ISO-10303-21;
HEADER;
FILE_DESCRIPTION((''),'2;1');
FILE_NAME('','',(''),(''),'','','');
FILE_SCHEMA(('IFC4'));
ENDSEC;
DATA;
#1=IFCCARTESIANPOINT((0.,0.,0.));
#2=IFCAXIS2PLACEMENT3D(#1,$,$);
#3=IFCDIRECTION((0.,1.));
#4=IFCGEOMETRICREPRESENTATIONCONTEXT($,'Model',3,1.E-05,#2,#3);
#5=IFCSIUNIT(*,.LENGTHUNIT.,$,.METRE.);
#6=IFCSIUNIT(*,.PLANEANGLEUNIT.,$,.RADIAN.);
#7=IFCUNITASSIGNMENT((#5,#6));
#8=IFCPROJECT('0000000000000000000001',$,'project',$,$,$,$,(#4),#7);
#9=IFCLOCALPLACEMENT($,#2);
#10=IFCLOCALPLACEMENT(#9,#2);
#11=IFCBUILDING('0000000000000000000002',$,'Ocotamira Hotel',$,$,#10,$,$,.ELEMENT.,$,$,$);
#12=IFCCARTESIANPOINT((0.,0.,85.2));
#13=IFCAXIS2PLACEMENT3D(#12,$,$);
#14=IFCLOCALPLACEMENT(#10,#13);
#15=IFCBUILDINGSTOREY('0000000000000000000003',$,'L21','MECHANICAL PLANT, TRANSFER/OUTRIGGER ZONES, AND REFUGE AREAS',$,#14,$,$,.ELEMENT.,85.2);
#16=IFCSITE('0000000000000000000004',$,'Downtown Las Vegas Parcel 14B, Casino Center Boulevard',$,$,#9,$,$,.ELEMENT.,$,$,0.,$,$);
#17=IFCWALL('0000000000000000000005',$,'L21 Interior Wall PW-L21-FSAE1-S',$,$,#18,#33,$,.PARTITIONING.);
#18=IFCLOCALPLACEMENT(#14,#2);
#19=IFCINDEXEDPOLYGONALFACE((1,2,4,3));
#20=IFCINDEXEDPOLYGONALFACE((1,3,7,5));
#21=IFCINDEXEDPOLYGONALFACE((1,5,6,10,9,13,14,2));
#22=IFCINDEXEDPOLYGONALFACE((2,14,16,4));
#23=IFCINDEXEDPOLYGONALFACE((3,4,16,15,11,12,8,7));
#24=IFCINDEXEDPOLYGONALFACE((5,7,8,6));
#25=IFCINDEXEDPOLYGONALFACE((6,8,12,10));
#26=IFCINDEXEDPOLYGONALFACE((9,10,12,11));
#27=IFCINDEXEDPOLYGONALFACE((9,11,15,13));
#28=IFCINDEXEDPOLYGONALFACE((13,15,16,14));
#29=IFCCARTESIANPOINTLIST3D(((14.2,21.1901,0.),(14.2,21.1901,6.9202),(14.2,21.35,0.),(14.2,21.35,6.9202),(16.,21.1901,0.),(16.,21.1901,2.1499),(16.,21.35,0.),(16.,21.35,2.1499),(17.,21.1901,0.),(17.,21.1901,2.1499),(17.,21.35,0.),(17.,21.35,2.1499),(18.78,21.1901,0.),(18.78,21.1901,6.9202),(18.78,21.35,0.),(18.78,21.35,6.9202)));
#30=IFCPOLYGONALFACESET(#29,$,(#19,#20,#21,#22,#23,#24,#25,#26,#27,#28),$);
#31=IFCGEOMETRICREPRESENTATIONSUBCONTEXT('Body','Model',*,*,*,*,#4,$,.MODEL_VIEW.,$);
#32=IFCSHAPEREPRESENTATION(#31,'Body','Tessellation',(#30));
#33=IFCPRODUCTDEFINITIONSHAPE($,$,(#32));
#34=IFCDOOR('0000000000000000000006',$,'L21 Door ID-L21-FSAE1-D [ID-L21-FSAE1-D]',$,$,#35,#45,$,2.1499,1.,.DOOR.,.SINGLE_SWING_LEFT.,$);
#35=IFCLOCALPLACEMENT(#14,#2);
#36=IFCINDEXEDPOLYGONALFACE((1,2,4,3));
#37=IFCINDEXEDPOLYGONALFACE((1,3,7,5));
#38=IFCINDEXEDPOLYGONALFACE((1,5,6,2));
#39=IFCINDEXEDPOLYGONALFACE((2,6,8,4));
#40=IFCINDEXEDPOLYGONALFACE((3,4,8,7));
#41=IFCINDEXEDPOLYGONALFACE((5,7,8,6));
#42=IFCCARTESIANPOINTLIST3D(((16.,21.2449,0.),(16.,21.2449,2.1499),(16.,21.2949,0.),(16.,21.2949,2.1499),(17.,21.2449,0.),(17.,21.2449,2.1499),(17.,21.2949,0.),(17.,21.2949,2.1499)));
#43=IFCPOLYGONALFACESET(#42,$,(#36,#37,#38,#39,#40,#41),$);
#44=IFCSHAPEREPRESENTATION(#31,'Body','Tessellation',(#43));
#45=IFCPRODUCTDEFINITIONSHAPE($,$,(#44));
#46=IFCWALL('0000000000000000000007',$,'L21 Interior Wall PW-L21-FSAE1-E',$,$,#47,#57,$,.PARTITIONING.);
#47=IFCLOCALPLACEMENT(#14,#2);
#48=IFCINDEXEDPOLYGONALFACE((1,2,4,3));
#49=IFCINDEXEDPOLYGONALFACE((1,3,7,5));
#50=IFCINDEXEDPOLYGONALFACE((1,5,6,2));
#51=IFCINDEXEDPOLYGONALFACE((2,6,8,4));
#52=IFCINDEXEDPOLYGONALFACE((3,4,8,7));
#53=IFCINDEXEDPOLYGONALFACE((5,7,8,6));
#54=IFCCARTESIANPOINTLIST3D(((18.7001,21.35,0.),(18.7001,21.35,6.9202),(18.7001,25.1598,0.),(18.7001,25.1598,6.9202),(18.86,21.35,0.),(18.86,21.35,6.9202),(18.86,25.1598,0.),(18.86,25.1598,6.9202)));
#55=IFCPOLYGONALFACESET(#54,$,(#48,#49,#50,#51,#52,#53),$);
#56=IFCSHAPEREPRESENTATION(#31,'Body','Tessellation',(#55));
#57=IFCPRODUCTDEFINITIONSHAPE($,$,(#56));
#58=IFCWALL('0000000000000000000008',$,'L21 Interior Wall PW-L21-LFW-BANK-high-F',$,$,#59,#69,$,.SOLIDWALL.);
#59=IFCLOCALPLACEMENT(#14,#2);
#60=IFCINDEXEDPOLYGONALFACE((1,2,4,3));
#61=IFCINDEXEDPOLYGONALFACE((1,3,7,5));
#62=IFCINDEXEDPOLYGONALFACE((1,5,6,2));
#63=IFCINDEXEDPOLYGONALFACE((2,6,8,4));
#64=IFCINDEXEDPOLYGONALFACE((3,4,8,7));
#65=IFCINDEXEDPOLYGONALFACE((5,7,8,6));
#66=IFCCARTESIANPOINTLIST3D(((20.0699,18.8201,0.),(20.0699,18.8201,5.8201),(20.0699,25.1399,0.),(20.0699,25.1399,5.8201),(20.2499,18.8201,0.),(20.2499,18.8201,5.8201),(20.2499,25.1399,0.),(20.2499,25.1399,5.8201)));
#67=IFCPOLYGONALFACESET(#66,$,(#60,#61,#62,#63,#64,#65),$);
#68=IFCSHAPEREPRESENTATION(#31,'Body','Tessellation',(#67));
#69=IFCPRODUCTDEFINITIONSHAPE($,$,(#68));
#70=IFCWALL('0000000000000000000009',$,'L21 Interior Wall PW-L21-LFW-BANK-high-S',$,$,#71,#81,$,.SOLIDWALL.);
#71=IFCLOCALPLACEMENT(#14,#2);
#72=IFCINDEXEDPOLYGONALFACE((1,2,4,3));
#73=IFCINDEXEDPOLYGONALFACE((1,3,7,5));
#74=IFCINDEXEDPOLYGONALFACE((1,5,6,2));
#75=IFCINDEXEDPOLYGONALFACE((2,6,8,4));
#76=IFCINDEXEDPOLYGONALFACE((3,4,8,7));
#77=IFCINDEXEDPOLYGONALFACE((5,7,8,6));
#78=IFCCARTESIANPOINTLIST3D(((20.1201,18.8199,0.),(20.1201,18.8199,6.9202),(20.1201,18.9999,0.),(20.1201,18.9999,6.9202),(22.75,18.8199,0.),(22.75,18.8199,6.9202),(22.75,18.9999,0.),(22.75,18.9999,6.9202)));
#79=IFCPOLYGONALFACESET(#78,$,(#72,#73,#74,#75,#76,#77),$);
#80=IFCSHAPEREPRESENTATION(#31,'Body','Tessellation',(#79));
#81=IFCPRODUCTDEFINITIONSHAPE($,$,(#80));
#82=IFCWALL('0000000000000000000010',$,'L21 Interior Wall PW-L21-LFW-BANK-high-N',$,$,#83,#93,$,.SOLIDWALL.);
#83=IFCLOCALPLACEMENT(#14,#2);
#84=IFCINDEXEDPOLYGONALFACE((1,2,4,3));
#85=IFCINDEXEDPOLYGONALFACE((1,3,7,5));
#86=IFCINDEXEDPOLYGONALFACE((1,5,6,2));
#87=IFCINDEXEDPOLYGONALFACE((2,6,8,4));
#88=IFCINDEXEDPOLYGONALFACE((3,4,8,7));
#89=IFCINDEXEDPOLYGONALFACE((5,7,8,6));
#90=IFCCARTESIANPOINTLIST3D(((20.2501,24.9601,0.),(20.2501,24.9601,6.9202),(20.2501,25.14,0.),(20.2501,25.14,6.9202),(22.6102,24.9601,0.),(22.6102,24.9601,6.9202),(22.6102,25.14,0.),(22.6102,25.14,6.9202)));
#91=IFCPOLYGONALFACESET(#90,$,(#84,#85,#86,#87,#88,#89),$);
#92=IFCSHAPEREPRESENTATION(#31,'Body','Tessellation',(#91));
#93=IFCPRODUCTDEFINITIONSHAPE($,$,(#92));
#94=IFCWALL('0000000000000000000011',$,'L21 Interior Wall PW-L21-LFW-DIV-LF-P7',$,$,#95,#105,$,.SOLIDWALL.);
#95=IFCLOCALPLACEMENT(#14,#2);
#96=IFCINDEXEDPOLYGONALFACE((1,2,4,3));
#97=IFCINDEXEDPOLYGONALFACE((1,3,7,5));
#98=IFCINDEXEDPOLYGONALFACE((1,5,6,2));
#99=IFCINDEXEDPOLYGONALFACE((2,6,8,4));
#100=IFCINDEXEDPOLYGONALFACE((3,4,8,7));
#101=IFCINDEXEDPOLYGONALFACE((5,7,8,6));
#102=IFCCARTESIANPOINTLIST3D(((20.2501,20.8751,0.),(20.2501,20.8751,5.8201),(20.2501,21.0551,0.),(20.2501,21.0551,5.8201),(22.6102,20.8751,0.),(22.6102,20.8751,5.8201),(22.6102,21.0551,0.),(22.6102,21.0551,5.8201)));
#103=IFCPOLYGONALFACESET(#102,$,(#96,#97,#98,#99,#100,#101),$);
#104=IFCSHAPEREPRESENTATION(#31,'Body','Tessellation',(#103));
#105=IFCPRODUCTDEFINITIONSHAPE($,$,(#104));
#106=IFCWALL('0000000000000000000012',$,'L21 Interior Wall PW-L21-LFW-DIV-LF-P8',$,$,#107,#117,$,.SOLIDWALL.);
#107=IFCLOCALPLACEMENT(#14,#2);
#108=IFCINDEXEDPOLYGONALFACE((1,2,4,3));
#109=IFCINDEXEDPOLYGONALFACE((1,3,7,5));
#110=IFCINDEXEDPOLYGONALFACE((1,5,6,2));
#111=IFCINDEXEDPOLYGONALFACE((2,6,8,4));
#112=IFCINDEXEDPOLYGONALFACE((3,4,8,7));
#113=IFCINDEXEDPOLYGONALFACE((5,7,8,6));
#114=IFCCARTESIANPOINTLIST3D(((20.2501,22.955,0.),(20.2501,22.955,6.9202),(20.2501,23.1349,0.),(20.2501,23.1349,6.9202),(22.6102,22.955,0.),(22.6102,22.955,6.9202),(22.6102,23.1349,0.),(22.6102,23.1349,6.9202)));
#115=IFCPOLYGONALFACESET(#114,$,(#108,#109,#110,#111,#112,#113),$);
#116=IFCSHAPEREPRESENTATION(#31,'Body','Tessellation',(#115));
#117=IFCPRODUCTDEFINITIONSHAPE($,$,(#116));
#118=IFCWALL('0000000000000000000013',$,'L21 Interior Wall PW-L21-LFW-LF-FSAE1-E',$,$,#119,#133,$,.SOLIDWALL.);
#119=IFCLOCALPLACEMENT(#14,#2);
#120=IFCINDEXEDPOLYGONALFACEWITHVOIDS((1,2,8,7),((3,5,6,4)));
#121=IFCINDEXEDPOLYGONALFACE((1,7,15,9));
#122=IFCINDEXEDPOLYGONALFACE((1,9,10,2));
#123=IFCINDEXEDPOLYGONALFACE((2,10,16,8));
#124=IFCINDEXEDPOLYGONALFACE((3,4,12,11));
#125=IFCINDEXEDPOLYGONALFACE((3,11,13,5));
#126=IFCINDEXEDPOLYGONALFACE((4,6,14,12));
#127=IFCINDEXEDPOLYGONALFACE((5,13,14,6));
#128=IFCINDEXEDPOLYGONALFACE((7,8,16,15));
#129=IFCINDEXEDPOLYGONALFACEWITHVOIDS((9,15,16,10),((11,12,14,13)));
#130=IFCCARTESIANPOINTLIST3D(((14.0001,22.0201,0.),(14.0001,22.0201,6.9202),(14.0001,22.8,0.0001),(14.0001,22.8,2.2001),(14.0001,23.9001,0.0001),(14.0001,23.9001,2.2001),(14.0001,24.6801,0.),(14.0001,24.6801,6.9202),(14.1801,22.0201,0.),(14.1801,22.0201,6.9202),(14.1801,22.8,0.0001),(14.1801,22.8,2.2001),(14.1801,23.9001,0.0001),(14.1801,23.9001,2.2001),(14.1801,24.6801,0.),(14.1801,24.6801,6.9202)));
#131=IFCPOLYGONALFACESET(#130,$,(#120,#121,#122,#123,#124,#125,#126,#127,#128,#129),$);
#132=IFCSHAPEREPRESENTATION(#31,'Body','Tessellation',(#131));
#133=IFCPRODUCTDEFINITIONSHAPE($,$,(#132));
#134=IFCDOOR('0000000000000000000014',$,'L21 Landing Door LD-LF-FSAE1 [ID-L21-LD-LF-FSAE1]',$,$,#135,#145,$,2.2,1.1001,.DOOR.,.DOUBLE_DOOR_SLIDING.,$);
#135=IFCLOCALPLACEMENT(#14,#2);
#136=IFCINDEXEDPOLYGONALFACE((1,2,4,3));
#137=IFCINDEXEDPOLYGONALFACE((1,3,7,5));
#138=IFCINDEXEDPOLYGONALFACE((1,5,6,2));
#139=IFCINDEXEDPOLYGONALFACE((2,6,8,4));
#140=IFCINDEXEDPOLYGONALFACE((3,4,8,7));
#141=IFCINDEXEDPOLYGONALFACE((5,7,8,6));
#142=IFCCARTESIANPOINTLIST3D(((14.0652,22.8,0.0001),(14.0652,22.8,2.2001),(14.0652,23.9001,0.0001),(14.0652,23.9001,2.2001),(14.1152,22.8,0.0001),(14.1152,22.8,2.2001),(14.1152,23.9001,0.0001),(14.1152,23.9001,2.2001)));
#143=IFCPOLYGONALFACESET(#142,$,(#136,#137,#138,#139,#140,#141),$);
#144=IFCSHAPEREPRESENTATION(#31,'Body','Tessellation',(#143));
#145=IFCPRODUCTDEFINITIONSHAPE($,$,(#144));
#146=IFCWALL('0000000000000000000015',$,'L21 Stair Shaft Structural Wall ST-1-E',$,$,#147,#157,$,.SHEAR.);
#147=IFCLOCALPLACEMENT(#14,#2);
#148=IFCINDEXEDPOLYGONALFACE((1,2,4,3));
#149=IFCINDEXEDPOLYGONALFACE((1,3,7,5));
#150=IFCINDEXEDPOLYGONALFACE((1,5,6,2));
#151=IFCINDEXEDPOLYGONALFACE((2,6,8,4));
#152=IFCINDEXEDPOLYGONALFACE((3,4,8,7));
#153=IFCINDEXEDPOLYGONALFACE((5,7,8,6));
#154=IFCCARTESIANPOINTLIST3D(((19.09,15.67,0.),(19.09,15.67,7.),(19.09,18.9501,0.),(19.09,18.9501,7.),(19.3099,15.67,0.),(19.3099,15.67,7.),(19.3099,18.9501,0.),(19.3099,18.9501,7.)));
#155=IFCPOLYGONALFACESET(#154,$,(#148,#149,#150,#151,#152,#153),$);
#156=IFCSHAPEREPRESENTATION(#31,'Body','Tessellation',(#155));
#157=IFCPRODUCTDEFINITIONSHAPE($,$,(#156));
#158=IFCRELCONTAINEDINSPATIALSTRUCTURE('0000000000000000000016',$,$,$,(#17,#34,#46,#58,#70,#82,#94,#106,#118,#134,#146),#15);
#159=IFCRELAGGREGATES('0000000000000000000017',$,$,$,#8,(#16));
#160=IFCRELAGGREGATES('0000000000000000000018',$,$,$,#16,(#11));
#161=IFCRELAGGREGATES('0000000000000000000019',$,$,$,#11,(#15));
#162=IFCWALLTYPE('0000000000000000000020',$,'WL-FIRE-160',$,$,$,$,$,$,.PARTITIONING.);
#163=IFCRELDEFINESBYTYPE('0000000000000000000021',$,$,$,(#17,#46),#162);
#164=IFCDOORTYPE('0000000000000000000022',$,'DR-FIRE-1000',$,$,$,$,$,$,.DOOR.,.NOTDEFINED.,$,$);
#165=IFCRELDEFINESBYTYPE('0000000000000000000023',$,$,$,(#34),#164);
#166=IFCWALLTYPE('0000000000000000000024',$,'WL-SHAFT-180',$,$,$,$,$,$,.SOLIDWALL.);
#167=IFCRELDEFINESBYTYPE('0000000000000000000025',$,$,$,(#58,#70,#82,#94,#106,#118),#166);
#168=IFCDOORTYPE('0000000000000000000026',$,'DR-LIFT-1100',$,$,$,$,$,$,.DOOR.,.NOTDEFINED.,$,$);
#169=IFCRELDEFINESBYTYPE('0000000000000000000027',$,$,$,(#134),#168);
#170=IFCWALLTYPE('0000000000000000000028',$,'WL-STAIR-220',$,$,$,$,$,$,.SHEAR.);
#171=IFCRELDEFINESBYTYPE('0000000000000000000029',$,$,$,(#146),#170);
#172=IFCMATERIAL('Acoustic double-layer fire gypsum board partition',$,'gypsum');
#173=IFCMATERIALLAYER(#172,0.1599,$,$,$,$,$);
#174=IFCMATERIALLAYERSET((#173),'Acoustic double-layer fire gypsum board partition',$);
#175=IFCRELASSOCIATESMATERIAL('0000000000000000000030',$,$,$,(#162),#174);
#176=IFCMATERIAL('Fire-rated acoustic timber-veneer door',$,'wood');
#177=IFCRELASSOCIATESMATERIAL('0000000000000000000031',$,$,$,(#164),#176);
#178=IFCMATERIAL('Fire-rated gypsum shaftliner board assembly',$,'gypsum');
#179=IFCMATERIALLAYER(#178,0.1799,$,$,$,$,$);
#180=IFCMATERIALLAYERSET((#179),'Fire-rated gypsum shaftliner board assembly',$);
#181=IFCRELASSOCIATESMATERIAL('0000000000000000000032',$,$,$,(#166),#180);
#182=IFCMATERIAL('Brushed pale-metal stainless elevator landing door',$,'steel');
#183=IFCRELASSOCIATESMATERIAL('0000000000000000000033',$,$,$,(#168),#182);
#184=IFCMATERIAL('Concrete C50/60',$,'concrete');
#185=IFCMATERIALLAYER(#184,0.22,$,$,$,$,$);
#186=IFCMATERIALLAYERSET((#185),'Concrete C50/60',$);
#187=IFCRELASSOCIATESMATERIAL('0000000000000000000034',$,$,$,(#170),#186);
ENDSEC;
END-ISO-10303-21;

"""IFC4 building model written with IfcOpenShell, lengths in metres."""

from ifc_helpers import new_model, si_unit, direction, frame, frame_2d, origin, place, context, subcontext, project, spatial, rectangle, extrude, source, transform, mapped, material, layer, layer_set, type_object, element, fill, save


model = new_model("IFC4")

# Units and contexts
model_context = context("Model", 3, precision=1e-05, world=origin(), true_north=direction((0.0, 1.0)))
body_context = subcontext(model_context, "Body", "Model", "MODEL_VIEW")
ifc_project = project(units=[si_unit("LENGTHUNIT", "METRE"), si_unit("PLANEANGLEUNIT", "RADIAN")], contexts=[model_context])

# Site, building, storey
site_placement = place(None, origin())
site = spatial("IfcSite", under=ifc_project, at=site_placement, Name="Downtown Las Vegas Parcel 14B, Casino Center Boulevard", CompositionType="ELEMENT", RefElevation=0.0)
building_placement = place(site_placement, origin())
building = spatial("IfcBuilding", under=site, at=building_placement, Name="Ocotamira Hotel", CompositionType="ELEMENT")
storey_placement = place(building_placement, frame((0.0, 0.0, 85.2)))
storey = spatial("IfcBuildingStorey", under=building, at=storey_placement, Name="L21", Description="MECHANICAL PLANT, TRANSFER/OUTRIGGER ZONES, AND REFUGE AREAS", CompositionType="ELEMENT", Elevation=85.2)

# Wall, opening, door
ifc_material_1 = material(Name="Acoustic double-layer fire gypsum board partition", Category="gypsum")
ifc_layer_1 = layer(ifc_material_1, 0.1599)
ifc_layer_set_1 = layer_set([ifc_layer_1], Name="Acoustic double-layer fire gypsum board partition")
wall_type_1 = type_object("IfcWallType", Name="WL-FIRE-160", PredefinedType="PARTITIONING", material=ifc_layer_set_1)
wall_1_placement = place(storey_placement, frame((14.2, 21.27, 0.0), z_axis=(0.0, 0.0, 1.0), x_axis=(1.0, 0.0, 0.0)))
wall_1 = element("IfcWall", 1, at=wall_1_placement, inside=storey, type_object=wall_type_1, Name="L21 Interior Wall PW-L21-FSAE1-S", PredefinedType="PARTITIONING", context=body_context, shape_type="SweptSolid", body=[
    extrude(rectangle(XDim=4.5801, YDim=0.1599, at=frame_2d((2.29, 0.0))), origin(), (0.0, 0.0, 1.0), 6.9202),
])
opening_1_placement = place(wall_1_placement, frame((1.8, 0.0, 0.0)))
opening_1 = element("IfcOpeningElement", 2, at=opening_1_placement, cuts=wall_1, PredefinedType="OPENING", context=body_context, shape_type="SweptSolid", body=[
    extrude(rectangle(XDim=1.0, YDim=2.1499, at=frame_2d((0.5, 1.075))), frame((0.0, 0.0898, 0.0), z_axis=(0.0, -1.0, 0.0), x_axis=(1.0, 0.0, 0.0)), (0.0, 0.0, 1.0), 0.1799),
])
ifc_material_2 = material(Name="Fire-rated acoustic timber-veneer door", Category="wood")
door_type_1 = type_object("IfcDoorType", Name="DR-FIRE-1000", OperationType="NOTDEFINED", PredefinedType="DOOR", material=ifc_material_2)
shared_shape_1 = source(origin(), body_context, "Body", "SweptSolid", [
    extrude(rectangle(XDim=1.0, YDim=2.1499, at=frame_2d((0.5, 1.075))), frame((0.0, 0.0249, 0.0), z_axis=(0.0, -1.0, 0.0), x_axis=(1.0, 0.0, 0.0)), (0.0, 0.0, 1.0), 0.05),
])
door_1_placement = place(opening_1_placement, origin())
door_1 = element("IfcDoor", 3, at=door_1_placement, inside=storey, type_object=door_type_1, Name="L21 Door ID-L21-FSAE1-D [ID-L21-FSAE1-D]", OperationType="SINGLE_SWING_LEFT", OverallHeight=2.1499, OverallWidth=1.0, PredefinedType="DOOR", context=body_context, shape_type="MappedRepresentation", body=[
    mapped(shared_shape_1, transform((0.0, 0.0, 0.0), scale=1.0)),
])
fill(opening_1, door_1)

# Walls
wall_2_placement = place(storey_placement, frame((18.78, 21.3501, 0.0), z_axis=(0.0, 0.0, 1.0), x_axis=(0.0, 1.0, 0.0)))
element("IfcWall", 4, at=wall_2_placement, inside=storey, type_object=wall_type_1, Name="L21 Interior Wall PW-L21-FSAE1-E", PredefinedType="PARTITIONING", context=body_context, shape_type="SweptSolid", body=[
    extrude(rectangle(XDim=3.8098, YDim=0.1599, at=frame_2d((1.9048, 0.0))), origin(), (0.0, 0.0, 1.0), 6.9202),
])
ifc_material_3 = material(Name="Fire-rated gypsum shaftliner board assembly", Category="gypsum")
ifc_layer_2 = layer(ifc_material_3, 0.1799)
ifc_layer_set_2 = layer_set([ifc_layer_2], Name="Fire-rated gypsum shaftliner board assembly")
wall_type_2 = type_object("IfcWallType", Name="WL-SHAFT-180", PredefinedType="SOLIDWALL", material=ifc_layer_set_2)
wall_3_placement = place(storey_placement, frame((20.1599, 18.8201, 0.0), z_axis=(0.0, 0.0, 1.0), x_axis=(0.0, 1.0, 0.0)))
element("IfcWall", 5, at=wall_3_placement, inside=storey, type_object=wall_type_2, Name="L21 Interior Wall PW-L21-LFW-BANK-high-F", PredefinedType="SOLIDWALL", context=body_context, shape_type="SweptSolid", body=[
    extrude(rectangle(XDim=6.3198, YDim=0.1799, at=frame_2d((3.1599, 0.0))), origin(), (0.0, 0.0, 1.0), 5.8201),
])
wall_4_placement = place(storey_placement, frame((20.1201, 18.9099, 0.0), z_axis=(0.0, 0.0, 1.0), x_axis=(1.0, 0.0, 0.0)))
element("IfcWall", 6, at=wall_4_placement, inside=storey, type_object=wall_type_2, Name="L21 Interior Wall PW-L21-LFW-BANK-high-S", PredefinedType="SOLIDWALL", context=body_context, shape_type="SweptSolid", body=[
    extrude(rectangle(XDim=2.6299, YDim=0.1799, at=frame_2d((1.3149, 0.0))), origin(), (0.0, 0.0, 1.0), 6.9202),
])
wall_5_placement = place(storey_placement, frame((20.25, 25.05, 0.0), z_axis=(0.0, 0.0, 1.0), x_axis=(1.0, 0.0, 0.0)))
element("IfcWall", 7, at=wall_5_placement, inside=storey, type_object=wall_type_2, Name="L21 Interior Wall PW-L21-LFW-BANK-high-N", PredefinedType="SOLIDWALL", context=body_context, shape_type="SweptSolid", body=[
    extrude(rectangle(XDim=2.3601, YDim=0.1799, at=frame_2d((1.1802, 0.0))), origin(), (0.0, 0.0, 1.0), 6.9202),
])
wall_6_placement = place(storey_placement, frame((20.25, 20.9651, 0.0), z_axis=(0.0, 0.0, 1.0), x_axis=(1.0, 0.0, 0.0)))
element("IfcWall", 8, at=wall_6_placement, inside=storey, type_object=wall_type_2, Name="L21 Interior Wall PW-L21-LFW-DIV-LF-P7", PredefinedType="SOLIDWALL", context=body_context, shape_type="SweptSolid", body=[
    extrude(rectangle(XDim=2.3601, YDim=0.1799, at=frame_2d((1.1802, 0.0))), origin(), (0.0, 0.0, 1.0), 5.8201),
])
wall_7_placement = place(storey_placement, frame((20.25, 23.0449, 0.0), z_axis=(0.0, 0.0, 1.0), x_axis=(1.0, 0.0, 0.0)))
element("IfcWall", 9, at=wall_7_placement, inside=storey, type_object=wall_type_2, Name="L21 Interior Wall PW-L21-LFW-DIV-LF-P8", PredefinedType="SOLIDWALL", context=body_context, shape_type="SweptSolid", body=[
    extrude(rectangle(XDim=2.3601, YDim=0.1799, at=frame_2d((1.1802, 0.0))), origin(), (0.0, 0.0, 1.0), 6.9202),
])

# Wall, opening, door
wall_8_placement = place(storey_placement, frame((14.0901, 22.02, 0.0), z_axis=(0.0, 0.0, 1.0), x_axis=(0.0, 1.0, 0.0)))
wall_8 = element("IfcWall", 10, at=wall_8_placement, inside=storey, type_object=wall_type_2, Name="L21 Interior Wall PW-L21-LFW-LF-FSAE1-E", PredefinedType="SOLIDWALL", context=body_context, shape_type="SweptSolid", body=[
    extrude(rectangle(XDim=2.6599, YDim=0.1799, at=frame_2d((1.3301, 0.0))), origin(), (0.0, 0.0, 1.0), 6.9202),
])
opening_2_placement = place(wall_8_placement, frame((0.78, 0.0, 0.0)))
opening_2 = element("IfcOpeningElement", 11, at=opening_2_placement, cuts=wall_8, PredefinedType="OPENING", context=body_context, shape_type="SweptSolid", body=[
    extrude(rectangle(XDim=1.1001, YDim=2.2, at=frame_2d((0.55, 1.1001))), frame((0.0, 0.1001, 0.0), z_axis=(0.0, -1.0, 0.0), x_axis=(1.0, 0.0, 0.0)), (0.0, 0.0, 1.0), 0.2),
])
ifc_material_4 = material(Name="Brushed pale-metal stainless elevator landing door", Category="steel")
door_type_2 = type_object("IfcDoorType", Name="DR-LIFT-1100", OperationType="NOTDEFINED", PredefinedType="DOOR", material=ifc_material_4)
shared_shape_2 = source(origin(), body_context, "Body", "SweptSolid", [
    extrude(rectangle(XDim=1.1001, YDim=2.2, at=frame_2d((0.55, 1.1001))), frame((0.0, 0.0249, 0.0), z_axis=(0.0, -1.0, 0.0), x_axis=(1.0, 0.0, 0.0)), (0.0, 0.0, 1.0), 0.05),
])
door_2_placement = place(opening_2_placement, origin())
door_2 = element("IfcDoor", 12, at=door_2_placement, inside=storey, type_object=door_type_2, Name="L21 Landing Door LD-LF-FSAE1 [ID-L21-LD-LF-FSAE1]", OperationType="DOUBLE_DOOR_SLIDING", OverallHeight=2.2, OverallWidth=1.1001, PredefinedType="DOOR", context=body_context, shape_type="MappedRepresentation", body=[
    mapped(shared_shape_2, transform((0.0, 0.0, 0.0), scale=1.0)),
])
fill(opening_2, door_2)

# Wall
ifc_material_5 = material(Name="Concrete C50/60", Category="concrete")
ifc_layer_3 = layer(ifc_material_5, 0.22)
ifc_layer_set_3 = layer_set([ifc_layer_3], Name="Concrete C50/60")
wall_type_3 = type_object("IfcWallType", Name="WL-STAIR-220", PredefinedType="SHEAR", material=ifc_layer_set_3)
wall_9_placement = place(storey_placement, frame((19.2, 15.6699, 0.0), z_axis=(0.0, 0.0, 1.0), x_axis=(0.0, 1.0, 0.0)))
element("IfcWall", 13, at=wall_9_placement, inside=storey, type_object=wall_type_3, Name="L21 Stair Shaft Structural Wall ST-1-E", PredefinedType="SHEAR", context=body_context, shape_type="SweptSolid", body=[
    extrude(rectangle(XDim=3.28, YDim=0.22, at=frame_2d((1.6401, 0.0))), origin(), (0.0, 0.0, 1.0), 7.0),
])

save(model, "model.ifc")
